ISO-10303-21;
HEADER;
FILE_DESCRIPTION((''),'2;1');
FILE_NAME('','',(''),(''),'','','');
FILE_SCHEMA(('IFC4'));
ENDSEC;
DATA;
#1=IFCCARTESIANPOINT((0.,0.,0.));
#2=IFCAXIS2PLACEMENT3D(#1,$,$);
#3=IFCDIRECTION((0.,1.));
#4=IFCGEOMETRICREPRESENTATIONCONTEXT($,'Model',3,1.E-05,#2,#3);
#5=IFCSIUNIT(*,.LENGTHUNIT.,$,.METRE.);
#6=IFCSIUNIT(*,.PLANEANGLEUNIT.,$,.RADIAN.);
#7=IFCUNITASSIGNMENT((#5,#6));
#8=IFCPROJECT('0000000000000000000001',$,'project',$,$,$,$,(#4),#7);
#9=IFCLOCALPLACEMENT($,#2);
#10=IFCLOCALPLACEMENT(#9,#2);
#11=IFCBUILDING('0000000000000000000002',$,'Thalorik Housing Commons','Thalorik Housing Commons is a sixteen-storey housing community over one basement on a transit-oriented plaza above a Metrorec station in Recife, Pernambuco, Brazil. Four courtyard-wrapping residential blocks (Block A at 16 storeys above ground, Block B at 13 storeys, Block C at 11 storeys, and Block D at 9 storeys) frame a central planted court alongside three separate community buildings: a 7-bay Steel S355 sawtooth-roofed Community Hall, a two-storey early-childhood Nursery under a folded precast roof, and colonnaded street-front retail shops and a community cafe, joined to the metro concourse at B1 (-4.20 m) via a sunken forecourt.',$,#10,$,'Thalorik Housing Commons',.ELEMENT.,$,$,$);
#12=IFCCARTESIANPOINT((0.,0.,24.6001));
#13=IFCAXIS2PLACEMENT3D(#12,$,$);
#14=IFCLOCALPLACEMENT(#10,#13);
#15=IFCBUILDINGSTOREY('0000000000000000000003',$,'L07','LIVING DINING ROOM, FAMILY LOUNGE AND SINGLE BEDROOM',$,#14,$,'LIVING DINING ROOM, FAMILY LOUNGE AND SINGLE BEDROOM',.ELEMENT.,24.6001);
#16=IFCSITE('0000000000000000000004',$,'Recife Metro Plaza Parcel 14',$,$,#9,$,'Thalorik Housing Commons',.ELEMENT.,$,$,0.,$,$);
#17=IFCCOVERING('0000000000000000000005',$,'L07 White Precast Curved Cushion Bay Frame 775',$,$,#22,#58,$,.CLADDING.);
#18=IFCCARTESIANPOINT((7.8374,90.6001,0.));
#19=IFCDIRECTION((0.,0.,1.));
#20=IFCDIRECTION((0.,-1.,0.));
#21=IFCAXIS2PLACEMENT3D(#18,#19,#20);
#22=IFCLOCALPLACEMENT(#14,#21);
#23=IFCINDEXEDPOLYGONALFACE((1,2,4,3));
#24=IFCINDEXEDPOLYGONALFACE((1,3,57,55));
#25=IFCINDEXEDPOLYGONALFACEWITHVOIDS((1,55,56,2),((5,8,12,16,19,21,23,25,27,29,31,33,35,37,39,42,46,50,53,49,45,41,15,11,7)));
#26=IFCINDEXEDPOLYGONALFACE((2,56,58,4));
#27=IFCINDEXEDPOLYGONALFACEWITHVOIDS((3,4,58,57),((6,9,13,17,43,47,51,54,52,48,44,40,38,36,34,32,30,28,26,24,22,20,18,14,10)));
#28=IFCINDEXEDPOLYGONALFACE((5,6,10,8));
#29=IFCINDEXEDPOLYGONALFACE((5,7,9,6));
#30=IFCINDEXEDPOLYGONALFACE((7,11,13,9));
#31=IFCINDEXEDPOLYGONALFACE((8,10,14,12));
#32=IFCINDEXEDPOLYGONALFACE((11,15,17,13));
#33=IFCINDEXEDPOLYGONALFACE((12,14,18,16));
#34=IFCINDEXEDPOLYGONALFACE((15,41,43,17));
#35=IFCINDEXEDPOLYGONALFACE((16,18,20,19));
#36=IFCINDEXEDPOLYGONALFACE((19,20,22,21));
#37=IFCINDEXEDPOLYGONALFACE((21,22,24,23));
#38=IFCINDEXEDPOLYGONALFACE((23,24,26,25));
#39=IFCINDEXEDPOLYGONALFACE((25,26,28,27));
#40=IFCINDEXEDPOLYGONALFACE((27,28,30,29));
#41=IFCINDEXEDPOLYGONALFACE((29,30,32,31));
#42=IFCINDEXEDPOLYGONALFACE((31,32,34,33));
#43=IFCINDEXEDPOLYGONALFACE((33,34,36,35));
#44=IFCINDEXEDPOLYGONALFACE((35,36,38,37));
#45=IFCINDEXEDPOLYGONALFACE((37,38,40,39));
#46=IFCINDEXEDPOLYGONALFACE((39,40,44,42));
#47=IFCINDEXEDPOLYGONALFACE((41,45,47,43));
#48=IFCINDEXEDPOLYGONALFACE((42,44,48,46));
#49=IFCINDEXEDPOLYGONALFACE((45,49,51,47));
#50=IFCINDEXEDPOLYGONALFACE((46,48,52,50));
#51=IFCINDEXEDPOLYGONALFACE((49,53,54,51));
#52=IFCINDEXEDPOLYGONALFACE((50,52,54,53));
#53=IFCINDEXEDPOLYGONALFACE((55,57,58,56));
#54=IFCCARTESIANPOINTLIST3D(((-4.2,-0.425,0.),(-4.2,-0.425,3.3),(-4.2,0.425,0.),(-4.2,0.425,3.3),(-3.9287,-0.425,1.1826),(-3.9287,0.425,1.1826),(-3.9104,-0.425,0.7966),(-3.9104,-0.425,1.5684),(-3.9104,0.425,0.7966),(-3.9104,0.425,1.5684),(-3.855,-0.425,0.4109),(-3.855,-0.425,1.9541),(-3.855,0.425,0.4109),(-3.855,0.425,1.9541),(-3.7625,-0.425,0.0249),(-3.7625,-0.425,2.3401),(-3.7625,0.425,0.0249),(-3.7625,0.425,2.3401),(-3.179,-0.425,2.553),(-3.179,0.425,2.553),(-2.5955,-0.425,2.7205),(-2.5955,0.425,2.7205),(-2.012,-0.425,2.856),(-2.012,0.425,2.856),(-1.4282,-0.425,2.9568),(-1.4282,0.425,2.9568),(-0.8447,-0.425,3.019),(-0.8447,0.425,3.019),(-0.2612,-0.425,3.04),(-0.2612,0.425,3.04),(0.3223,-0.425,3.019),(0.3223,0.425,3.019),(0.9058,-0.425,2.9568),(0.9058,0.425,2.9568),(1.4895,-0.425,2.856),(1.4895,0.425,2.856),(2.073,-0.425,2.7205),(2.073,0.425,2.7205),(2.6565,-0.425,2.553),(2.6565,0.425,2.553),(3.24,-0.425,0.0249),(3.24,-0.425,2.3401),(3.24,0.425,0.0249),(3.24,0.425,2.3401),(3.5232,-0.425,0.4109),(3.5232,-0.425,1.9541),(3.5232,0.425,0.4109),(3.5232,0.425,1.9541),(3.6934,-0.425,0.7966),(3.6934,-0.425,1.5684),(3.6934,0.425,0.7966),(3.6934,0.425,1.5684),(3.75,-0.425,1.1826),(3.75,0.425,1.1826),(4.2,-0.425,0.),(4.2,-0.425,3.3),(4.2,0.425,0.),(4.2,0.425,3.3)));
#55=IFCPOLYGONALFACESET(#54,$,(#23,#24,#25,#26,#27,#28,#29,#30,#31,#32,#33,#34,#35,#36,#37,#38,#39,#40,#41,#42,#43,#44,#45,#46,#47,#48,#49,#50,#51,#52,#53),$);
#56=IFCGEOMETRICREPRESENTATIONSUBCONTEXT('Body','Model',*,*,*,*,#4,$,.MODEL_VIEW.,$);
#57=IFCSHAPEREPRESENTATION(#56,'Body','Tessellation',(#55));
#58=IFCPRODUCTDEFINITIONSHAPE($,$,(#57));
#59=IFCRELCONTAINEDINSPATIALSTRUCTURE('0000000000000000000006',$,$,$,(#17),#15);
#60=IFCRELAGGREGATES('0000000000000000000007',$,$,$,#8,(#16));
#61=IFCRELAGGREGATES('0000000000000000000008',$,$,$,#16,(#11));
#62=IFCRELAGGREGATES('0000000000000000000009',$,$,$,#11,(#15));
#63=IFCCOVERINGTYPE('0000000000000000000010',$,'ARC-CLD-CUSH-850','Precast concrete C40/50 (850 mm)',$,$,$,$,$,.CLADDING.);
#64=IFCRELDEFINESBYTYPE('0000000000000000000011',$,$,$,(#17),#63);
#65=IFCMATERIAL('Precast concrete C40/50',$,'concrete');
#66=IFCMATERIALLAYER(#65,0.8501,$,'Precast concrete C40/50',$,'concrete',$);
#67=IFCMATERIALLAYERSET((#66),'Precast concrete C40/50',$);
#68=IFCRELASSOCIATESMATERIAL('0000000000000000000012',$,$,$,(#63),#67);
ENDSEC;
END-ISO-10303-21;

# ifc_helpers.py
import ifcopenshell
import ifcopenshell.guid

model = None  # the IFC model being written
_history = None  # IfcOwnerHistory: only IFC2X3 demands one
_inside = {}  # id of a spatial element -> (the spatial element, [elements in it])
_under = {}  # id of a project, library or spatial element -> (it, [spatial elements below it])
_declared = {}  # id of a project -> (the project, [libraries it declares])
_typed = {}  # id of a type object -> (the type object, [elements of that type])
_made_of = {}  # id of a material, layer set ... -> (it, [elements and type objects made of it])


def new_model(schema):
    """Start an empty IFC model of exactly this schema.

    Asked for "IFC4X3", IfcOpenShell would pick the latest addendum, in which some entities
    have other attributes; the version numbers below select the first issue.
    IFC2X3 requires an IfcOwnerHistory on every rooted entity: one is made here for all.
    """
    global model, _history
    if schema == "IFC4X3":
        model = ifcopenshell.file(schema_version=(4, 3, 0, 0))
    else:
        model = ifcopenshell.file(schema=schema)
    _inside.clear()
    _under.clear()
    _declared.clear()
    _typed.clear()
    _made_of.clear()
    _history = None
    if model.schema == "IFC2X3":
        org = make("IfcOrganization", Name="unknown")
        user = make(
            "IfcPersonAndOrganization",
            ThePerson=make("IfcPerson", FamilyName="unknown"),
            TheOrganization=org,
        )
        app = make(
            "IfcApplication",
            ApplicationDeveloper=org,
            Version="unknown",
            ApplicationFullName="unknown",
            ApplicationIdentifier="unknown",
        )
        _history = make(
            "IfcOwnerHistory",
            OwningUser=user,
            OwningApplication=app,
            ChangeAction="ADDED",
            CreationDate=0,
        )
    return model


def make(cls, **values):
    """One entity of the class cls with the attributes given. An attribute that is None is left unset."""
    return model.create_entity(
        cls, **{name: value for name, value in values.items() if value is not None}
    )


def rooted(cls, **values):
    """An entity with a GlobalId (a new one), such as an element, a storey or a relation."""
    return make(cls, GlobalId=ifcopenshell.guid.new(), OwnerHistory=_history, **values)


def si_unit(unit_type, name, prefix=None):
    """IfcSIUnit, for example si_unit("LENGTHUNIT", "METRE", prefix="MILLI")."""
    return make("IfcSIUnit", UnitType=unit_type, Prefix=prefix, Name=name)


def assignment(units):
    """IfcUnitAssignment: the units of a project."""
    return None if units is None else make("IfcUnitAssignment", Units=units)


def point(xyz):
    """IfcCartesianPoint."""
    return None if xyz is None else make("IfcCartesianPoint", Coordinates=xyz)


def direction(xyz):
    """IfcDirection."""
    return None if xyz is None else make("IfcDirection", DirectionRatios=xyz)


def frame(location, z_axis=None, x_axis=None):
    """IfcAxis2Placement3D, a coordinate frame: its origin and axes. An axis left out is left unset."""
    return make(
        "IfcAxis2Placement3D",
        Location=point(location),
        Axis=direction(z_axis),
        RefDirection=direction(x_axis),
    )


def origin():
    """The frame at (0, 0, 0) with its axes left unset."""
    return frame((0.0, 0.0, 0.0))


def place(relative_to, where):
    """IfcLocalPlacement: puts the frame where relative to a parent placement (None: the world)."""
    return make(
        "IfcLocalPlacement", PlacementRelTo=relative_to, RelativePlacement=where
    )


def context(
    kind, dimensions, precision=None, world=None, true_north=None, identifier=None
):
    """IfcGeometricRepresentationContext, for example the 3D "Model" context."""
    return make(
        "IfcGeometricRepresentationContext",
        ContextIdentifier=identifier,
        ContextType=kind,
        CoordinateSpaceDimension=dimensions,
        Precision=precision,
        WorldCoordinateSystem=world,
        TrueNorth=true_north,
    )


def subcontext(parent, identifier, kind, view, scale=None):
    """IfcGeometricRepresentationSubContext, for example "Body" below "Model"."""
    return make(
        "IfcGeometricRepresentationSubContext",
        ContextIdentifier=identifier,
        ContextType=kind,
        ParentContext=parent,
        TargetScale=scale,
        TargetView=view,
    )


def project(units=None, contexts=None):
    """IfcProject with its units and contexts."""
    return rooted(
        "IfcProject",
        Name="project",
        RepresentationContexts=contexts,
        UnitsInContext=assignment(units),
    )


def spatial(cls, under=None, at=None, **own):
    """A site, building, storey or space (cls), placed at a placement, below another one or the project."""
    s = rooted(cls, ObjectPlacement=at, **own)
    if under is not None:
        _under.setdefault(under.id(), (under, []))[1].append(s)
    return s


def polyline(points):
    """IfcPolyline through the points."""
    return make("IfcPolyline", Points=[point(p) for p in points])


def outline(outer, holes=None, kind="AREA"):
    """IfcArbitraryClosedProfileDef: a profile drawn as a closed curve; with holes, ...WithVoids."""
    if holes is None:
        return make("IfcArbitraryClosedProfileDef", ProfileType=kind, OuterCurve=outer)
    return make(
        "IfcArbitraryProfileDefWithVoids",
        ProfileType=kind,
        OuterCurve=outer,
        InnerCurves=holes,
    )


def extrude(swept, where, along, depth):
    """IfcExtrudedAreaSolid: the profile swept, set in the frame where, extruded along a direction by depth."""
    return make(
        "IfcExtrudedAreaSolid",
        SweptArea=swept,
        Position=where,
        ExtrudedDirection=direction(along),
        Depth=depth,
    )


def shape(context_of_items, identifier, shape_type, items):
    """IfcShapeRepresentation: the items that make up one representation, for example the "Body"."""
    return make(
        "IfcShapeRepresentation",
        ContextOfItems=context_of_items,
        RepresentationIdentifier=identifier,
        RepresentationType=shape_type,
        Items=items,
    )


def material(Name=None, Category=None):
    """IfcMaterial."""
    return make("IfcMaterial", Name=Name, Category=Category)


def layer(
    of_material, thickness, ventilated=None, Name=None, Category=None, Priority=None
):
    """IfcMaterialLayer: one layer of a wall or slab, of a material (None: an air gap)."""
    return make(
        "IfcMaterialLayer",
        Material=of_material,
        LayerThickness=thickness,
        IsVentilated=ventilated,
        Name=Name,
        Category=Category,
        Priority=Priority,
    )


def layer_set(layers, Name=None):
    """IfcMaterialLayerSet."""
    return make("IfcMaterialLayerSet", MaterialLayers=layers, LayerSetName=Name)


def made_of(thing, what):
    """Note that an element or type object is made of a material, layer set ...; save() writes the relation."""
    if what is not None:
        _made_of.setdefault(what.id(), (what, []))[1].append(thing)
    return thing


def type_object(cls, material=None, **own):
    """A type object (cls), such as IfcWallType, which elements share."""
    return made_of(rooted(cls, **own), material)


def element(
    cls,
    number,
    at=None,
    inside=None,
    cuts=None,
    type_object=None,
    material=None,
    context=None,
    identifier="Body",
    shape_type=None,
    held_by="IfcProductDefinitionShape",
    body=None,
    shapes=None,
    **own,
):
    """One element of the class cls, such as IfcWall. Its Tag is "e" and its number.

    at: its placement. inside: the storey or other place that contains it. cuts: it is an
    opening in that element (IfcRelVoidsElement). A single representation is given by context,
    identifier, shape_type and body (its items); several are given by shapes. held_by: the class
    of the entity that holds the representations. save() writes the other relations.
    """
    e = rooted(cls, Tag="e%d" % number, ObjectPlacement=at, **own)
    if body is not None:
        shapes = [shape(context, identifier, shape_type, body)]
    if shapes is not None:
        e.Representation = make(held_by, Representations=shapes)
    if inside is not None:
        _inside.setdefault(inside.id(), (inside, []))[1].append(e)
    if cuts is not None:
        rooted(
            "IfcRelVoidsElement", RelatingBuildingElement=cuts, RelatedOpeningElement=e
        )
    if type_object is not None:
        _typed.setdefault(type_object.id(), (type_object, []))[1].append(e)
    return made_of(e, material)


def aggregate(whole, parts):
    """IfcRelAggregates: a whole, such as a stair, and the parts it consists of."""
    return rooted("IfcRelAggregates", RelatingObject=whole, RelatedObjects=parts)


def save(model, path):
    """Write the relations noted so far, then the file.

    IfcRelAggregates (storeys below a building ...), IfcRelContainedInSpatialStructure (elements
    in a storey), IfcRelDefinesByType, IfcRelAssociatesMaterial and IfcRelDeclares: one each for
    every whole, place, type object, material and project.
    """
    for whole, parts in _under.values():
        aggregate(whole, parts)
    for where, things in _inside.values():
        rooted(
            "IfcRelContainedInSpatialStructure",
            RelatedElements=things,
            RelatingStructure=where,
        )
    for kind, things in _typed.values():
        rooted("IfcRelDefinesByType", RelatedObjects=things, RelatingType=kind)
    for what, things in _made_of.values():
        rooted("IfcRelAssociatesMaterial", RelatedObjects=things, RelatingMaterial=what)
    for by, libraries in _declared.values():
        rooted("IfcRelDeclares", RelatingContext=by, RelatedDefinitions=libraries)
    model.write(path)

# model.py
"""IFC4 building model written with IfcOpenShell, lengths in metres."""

from ifc_helpers import new_model, si_unit, direction, frame, origin, place, context, subcontext, project, spatial, polyline, outline, extrude, material, layer, layer_set, type_object, element, save


model = new_model("IFC4")

# Units and contexts
model_context = context("Model", 3, precision=1e-05, world=origin(), true_north=direction((0.0, 1.0)))
body_context = subcontext(model_context, "Body", "Model", "MODEL_VIEW")
ifc_project = project(units=[si_unit("LENGTHUNIT", "METRE"), si_unit("PLANEANGLEUNIT", "RADIAN")], contexts=[model_context])

# Site, building, storey
site_placement = place(None, origin())
site = spatial("IfcSite", under=ifc_project, at=site_placement, Name="Recife Metro Plaza Parcel 14", LongName="Thalorik Housing Commons", CompositionType="ELEMENT", RefElevation=0.0)
building_placement = place(site_placement, origin())
building = spatial("IfcBuilding", under=site, at=building_placement, Name="Thalorik Housing Commons", Description="Thalorik Housing Commons is a sixteen-storey housing community over one basement on a transit-oriented plaza above a Metrorec station in Recife, Pernambuco, Brazil. Four courtyard-wrapping residential blocks (Block A at 16 storeys above ground, Block B at 13 storeys, Block C at 11 storeys, and Block D at 9 storeys) frame a central planted court alongside three separate community buildings: a 7-bay Steel S355 sawtooth-roofed Community Hall, a two-storey early-childhood Nursery under a folded precast roof, and colonnaded street-front retail shops and a community cafe, joined to the metro concourse at B1 (-4.20 m) via a sunken forecourt.", LongName="Thalorik Housing Commons", CompositionType="ELEMENT")
storey_placement = place(building_placement, frame((0.0, 0.0, 24.6001)))
storey = spatial("IfcBuildingStorey", under=building, at=storey_placement, Name="L07", Description="LIVING DINING ROOM, FAMILY LOUNGE AND SINGLE BEDROOM", LongName="LIVING DINING ROOM, FAMILY LOUNGE AND SINGLE BEDROOM", CompositionType="ELEMENT", Elevation=24.6001)

# Shared definitions
ifc_material_1 = material(Name="Precast concrete C40/50", Category="concrete")

# Covering
ifc_layer_1 = layer(ifc_material_1, 0.8501, Name="Precast concrete C40/50", Category="concrete")
ifc_layer_set_1 = layer_set([ifc_layer_1], Name="Precast concrete C40/50")
covering_type_1 = type_object("IfcCoveringType", Name="ARC-CLD-CUSH-850", Description="Precast concrete C40/50 (850 mm)", PredefinedType="CLADDING", material=ifc_layer_set_1)
covering_1_placement = place(storey_placement, frame((7.8374, 90.6001, 0.0), z_axis=(0.0, 0.0, 1.0), x_axis=(0.0, -1.0, 0.0)))
element("IfcCovering", 1, at=covering_1_placement, inside=storey, type_object=covering_type_1, Name="L07 White Precast Curved Cushion Bay Frame 775", PredefinedType="CLADDING", context=body_context, shape_type="SweptSolid", body=[
    extrude(outline(polyline([(-4.2, 0.0), (4.2, 0.0), (4.2, 3.3), (-4.2, 3.3), (-4.2, 0.0)]), holes=[polyline([(3.24, 0.0249), (3.5232, 0.4109), (3.6934, 0.7966), (3.75, 1.1826), (3.6934, 1.5684), (3.5232, 1.9541), (3.24, 2.3401), (2.6565, 2.553), (2.073, 2.7205), (1.4895, 2.856), (0.9058, 2.9568), (0.3223, 3.019), (-0.2612, 3.04), (-0.8447, 3.019), (-1.4282, 2.9568), (-2.012, 2.856), (-2.5955, 2.7205), (-3.179, 2.553), (-3.7625, 2.3401), (-3.855, 1.9541), (-3.9104, 1.5684), (-3.9287, 1.1826), (-3.9104, 0.7966), (-3.855, 0.4109), (-3.7625, 0.0249), (3.24, 0.0249)])]), frame((0.0, 0.425, 0.0), z_axis=(0.0, -1.0, 0.0), x_axis=(1.0, 0.0, 0.0)), (0.0, 0.0, 1.0), 0.8501),
])

save(model, "model.ifc")
